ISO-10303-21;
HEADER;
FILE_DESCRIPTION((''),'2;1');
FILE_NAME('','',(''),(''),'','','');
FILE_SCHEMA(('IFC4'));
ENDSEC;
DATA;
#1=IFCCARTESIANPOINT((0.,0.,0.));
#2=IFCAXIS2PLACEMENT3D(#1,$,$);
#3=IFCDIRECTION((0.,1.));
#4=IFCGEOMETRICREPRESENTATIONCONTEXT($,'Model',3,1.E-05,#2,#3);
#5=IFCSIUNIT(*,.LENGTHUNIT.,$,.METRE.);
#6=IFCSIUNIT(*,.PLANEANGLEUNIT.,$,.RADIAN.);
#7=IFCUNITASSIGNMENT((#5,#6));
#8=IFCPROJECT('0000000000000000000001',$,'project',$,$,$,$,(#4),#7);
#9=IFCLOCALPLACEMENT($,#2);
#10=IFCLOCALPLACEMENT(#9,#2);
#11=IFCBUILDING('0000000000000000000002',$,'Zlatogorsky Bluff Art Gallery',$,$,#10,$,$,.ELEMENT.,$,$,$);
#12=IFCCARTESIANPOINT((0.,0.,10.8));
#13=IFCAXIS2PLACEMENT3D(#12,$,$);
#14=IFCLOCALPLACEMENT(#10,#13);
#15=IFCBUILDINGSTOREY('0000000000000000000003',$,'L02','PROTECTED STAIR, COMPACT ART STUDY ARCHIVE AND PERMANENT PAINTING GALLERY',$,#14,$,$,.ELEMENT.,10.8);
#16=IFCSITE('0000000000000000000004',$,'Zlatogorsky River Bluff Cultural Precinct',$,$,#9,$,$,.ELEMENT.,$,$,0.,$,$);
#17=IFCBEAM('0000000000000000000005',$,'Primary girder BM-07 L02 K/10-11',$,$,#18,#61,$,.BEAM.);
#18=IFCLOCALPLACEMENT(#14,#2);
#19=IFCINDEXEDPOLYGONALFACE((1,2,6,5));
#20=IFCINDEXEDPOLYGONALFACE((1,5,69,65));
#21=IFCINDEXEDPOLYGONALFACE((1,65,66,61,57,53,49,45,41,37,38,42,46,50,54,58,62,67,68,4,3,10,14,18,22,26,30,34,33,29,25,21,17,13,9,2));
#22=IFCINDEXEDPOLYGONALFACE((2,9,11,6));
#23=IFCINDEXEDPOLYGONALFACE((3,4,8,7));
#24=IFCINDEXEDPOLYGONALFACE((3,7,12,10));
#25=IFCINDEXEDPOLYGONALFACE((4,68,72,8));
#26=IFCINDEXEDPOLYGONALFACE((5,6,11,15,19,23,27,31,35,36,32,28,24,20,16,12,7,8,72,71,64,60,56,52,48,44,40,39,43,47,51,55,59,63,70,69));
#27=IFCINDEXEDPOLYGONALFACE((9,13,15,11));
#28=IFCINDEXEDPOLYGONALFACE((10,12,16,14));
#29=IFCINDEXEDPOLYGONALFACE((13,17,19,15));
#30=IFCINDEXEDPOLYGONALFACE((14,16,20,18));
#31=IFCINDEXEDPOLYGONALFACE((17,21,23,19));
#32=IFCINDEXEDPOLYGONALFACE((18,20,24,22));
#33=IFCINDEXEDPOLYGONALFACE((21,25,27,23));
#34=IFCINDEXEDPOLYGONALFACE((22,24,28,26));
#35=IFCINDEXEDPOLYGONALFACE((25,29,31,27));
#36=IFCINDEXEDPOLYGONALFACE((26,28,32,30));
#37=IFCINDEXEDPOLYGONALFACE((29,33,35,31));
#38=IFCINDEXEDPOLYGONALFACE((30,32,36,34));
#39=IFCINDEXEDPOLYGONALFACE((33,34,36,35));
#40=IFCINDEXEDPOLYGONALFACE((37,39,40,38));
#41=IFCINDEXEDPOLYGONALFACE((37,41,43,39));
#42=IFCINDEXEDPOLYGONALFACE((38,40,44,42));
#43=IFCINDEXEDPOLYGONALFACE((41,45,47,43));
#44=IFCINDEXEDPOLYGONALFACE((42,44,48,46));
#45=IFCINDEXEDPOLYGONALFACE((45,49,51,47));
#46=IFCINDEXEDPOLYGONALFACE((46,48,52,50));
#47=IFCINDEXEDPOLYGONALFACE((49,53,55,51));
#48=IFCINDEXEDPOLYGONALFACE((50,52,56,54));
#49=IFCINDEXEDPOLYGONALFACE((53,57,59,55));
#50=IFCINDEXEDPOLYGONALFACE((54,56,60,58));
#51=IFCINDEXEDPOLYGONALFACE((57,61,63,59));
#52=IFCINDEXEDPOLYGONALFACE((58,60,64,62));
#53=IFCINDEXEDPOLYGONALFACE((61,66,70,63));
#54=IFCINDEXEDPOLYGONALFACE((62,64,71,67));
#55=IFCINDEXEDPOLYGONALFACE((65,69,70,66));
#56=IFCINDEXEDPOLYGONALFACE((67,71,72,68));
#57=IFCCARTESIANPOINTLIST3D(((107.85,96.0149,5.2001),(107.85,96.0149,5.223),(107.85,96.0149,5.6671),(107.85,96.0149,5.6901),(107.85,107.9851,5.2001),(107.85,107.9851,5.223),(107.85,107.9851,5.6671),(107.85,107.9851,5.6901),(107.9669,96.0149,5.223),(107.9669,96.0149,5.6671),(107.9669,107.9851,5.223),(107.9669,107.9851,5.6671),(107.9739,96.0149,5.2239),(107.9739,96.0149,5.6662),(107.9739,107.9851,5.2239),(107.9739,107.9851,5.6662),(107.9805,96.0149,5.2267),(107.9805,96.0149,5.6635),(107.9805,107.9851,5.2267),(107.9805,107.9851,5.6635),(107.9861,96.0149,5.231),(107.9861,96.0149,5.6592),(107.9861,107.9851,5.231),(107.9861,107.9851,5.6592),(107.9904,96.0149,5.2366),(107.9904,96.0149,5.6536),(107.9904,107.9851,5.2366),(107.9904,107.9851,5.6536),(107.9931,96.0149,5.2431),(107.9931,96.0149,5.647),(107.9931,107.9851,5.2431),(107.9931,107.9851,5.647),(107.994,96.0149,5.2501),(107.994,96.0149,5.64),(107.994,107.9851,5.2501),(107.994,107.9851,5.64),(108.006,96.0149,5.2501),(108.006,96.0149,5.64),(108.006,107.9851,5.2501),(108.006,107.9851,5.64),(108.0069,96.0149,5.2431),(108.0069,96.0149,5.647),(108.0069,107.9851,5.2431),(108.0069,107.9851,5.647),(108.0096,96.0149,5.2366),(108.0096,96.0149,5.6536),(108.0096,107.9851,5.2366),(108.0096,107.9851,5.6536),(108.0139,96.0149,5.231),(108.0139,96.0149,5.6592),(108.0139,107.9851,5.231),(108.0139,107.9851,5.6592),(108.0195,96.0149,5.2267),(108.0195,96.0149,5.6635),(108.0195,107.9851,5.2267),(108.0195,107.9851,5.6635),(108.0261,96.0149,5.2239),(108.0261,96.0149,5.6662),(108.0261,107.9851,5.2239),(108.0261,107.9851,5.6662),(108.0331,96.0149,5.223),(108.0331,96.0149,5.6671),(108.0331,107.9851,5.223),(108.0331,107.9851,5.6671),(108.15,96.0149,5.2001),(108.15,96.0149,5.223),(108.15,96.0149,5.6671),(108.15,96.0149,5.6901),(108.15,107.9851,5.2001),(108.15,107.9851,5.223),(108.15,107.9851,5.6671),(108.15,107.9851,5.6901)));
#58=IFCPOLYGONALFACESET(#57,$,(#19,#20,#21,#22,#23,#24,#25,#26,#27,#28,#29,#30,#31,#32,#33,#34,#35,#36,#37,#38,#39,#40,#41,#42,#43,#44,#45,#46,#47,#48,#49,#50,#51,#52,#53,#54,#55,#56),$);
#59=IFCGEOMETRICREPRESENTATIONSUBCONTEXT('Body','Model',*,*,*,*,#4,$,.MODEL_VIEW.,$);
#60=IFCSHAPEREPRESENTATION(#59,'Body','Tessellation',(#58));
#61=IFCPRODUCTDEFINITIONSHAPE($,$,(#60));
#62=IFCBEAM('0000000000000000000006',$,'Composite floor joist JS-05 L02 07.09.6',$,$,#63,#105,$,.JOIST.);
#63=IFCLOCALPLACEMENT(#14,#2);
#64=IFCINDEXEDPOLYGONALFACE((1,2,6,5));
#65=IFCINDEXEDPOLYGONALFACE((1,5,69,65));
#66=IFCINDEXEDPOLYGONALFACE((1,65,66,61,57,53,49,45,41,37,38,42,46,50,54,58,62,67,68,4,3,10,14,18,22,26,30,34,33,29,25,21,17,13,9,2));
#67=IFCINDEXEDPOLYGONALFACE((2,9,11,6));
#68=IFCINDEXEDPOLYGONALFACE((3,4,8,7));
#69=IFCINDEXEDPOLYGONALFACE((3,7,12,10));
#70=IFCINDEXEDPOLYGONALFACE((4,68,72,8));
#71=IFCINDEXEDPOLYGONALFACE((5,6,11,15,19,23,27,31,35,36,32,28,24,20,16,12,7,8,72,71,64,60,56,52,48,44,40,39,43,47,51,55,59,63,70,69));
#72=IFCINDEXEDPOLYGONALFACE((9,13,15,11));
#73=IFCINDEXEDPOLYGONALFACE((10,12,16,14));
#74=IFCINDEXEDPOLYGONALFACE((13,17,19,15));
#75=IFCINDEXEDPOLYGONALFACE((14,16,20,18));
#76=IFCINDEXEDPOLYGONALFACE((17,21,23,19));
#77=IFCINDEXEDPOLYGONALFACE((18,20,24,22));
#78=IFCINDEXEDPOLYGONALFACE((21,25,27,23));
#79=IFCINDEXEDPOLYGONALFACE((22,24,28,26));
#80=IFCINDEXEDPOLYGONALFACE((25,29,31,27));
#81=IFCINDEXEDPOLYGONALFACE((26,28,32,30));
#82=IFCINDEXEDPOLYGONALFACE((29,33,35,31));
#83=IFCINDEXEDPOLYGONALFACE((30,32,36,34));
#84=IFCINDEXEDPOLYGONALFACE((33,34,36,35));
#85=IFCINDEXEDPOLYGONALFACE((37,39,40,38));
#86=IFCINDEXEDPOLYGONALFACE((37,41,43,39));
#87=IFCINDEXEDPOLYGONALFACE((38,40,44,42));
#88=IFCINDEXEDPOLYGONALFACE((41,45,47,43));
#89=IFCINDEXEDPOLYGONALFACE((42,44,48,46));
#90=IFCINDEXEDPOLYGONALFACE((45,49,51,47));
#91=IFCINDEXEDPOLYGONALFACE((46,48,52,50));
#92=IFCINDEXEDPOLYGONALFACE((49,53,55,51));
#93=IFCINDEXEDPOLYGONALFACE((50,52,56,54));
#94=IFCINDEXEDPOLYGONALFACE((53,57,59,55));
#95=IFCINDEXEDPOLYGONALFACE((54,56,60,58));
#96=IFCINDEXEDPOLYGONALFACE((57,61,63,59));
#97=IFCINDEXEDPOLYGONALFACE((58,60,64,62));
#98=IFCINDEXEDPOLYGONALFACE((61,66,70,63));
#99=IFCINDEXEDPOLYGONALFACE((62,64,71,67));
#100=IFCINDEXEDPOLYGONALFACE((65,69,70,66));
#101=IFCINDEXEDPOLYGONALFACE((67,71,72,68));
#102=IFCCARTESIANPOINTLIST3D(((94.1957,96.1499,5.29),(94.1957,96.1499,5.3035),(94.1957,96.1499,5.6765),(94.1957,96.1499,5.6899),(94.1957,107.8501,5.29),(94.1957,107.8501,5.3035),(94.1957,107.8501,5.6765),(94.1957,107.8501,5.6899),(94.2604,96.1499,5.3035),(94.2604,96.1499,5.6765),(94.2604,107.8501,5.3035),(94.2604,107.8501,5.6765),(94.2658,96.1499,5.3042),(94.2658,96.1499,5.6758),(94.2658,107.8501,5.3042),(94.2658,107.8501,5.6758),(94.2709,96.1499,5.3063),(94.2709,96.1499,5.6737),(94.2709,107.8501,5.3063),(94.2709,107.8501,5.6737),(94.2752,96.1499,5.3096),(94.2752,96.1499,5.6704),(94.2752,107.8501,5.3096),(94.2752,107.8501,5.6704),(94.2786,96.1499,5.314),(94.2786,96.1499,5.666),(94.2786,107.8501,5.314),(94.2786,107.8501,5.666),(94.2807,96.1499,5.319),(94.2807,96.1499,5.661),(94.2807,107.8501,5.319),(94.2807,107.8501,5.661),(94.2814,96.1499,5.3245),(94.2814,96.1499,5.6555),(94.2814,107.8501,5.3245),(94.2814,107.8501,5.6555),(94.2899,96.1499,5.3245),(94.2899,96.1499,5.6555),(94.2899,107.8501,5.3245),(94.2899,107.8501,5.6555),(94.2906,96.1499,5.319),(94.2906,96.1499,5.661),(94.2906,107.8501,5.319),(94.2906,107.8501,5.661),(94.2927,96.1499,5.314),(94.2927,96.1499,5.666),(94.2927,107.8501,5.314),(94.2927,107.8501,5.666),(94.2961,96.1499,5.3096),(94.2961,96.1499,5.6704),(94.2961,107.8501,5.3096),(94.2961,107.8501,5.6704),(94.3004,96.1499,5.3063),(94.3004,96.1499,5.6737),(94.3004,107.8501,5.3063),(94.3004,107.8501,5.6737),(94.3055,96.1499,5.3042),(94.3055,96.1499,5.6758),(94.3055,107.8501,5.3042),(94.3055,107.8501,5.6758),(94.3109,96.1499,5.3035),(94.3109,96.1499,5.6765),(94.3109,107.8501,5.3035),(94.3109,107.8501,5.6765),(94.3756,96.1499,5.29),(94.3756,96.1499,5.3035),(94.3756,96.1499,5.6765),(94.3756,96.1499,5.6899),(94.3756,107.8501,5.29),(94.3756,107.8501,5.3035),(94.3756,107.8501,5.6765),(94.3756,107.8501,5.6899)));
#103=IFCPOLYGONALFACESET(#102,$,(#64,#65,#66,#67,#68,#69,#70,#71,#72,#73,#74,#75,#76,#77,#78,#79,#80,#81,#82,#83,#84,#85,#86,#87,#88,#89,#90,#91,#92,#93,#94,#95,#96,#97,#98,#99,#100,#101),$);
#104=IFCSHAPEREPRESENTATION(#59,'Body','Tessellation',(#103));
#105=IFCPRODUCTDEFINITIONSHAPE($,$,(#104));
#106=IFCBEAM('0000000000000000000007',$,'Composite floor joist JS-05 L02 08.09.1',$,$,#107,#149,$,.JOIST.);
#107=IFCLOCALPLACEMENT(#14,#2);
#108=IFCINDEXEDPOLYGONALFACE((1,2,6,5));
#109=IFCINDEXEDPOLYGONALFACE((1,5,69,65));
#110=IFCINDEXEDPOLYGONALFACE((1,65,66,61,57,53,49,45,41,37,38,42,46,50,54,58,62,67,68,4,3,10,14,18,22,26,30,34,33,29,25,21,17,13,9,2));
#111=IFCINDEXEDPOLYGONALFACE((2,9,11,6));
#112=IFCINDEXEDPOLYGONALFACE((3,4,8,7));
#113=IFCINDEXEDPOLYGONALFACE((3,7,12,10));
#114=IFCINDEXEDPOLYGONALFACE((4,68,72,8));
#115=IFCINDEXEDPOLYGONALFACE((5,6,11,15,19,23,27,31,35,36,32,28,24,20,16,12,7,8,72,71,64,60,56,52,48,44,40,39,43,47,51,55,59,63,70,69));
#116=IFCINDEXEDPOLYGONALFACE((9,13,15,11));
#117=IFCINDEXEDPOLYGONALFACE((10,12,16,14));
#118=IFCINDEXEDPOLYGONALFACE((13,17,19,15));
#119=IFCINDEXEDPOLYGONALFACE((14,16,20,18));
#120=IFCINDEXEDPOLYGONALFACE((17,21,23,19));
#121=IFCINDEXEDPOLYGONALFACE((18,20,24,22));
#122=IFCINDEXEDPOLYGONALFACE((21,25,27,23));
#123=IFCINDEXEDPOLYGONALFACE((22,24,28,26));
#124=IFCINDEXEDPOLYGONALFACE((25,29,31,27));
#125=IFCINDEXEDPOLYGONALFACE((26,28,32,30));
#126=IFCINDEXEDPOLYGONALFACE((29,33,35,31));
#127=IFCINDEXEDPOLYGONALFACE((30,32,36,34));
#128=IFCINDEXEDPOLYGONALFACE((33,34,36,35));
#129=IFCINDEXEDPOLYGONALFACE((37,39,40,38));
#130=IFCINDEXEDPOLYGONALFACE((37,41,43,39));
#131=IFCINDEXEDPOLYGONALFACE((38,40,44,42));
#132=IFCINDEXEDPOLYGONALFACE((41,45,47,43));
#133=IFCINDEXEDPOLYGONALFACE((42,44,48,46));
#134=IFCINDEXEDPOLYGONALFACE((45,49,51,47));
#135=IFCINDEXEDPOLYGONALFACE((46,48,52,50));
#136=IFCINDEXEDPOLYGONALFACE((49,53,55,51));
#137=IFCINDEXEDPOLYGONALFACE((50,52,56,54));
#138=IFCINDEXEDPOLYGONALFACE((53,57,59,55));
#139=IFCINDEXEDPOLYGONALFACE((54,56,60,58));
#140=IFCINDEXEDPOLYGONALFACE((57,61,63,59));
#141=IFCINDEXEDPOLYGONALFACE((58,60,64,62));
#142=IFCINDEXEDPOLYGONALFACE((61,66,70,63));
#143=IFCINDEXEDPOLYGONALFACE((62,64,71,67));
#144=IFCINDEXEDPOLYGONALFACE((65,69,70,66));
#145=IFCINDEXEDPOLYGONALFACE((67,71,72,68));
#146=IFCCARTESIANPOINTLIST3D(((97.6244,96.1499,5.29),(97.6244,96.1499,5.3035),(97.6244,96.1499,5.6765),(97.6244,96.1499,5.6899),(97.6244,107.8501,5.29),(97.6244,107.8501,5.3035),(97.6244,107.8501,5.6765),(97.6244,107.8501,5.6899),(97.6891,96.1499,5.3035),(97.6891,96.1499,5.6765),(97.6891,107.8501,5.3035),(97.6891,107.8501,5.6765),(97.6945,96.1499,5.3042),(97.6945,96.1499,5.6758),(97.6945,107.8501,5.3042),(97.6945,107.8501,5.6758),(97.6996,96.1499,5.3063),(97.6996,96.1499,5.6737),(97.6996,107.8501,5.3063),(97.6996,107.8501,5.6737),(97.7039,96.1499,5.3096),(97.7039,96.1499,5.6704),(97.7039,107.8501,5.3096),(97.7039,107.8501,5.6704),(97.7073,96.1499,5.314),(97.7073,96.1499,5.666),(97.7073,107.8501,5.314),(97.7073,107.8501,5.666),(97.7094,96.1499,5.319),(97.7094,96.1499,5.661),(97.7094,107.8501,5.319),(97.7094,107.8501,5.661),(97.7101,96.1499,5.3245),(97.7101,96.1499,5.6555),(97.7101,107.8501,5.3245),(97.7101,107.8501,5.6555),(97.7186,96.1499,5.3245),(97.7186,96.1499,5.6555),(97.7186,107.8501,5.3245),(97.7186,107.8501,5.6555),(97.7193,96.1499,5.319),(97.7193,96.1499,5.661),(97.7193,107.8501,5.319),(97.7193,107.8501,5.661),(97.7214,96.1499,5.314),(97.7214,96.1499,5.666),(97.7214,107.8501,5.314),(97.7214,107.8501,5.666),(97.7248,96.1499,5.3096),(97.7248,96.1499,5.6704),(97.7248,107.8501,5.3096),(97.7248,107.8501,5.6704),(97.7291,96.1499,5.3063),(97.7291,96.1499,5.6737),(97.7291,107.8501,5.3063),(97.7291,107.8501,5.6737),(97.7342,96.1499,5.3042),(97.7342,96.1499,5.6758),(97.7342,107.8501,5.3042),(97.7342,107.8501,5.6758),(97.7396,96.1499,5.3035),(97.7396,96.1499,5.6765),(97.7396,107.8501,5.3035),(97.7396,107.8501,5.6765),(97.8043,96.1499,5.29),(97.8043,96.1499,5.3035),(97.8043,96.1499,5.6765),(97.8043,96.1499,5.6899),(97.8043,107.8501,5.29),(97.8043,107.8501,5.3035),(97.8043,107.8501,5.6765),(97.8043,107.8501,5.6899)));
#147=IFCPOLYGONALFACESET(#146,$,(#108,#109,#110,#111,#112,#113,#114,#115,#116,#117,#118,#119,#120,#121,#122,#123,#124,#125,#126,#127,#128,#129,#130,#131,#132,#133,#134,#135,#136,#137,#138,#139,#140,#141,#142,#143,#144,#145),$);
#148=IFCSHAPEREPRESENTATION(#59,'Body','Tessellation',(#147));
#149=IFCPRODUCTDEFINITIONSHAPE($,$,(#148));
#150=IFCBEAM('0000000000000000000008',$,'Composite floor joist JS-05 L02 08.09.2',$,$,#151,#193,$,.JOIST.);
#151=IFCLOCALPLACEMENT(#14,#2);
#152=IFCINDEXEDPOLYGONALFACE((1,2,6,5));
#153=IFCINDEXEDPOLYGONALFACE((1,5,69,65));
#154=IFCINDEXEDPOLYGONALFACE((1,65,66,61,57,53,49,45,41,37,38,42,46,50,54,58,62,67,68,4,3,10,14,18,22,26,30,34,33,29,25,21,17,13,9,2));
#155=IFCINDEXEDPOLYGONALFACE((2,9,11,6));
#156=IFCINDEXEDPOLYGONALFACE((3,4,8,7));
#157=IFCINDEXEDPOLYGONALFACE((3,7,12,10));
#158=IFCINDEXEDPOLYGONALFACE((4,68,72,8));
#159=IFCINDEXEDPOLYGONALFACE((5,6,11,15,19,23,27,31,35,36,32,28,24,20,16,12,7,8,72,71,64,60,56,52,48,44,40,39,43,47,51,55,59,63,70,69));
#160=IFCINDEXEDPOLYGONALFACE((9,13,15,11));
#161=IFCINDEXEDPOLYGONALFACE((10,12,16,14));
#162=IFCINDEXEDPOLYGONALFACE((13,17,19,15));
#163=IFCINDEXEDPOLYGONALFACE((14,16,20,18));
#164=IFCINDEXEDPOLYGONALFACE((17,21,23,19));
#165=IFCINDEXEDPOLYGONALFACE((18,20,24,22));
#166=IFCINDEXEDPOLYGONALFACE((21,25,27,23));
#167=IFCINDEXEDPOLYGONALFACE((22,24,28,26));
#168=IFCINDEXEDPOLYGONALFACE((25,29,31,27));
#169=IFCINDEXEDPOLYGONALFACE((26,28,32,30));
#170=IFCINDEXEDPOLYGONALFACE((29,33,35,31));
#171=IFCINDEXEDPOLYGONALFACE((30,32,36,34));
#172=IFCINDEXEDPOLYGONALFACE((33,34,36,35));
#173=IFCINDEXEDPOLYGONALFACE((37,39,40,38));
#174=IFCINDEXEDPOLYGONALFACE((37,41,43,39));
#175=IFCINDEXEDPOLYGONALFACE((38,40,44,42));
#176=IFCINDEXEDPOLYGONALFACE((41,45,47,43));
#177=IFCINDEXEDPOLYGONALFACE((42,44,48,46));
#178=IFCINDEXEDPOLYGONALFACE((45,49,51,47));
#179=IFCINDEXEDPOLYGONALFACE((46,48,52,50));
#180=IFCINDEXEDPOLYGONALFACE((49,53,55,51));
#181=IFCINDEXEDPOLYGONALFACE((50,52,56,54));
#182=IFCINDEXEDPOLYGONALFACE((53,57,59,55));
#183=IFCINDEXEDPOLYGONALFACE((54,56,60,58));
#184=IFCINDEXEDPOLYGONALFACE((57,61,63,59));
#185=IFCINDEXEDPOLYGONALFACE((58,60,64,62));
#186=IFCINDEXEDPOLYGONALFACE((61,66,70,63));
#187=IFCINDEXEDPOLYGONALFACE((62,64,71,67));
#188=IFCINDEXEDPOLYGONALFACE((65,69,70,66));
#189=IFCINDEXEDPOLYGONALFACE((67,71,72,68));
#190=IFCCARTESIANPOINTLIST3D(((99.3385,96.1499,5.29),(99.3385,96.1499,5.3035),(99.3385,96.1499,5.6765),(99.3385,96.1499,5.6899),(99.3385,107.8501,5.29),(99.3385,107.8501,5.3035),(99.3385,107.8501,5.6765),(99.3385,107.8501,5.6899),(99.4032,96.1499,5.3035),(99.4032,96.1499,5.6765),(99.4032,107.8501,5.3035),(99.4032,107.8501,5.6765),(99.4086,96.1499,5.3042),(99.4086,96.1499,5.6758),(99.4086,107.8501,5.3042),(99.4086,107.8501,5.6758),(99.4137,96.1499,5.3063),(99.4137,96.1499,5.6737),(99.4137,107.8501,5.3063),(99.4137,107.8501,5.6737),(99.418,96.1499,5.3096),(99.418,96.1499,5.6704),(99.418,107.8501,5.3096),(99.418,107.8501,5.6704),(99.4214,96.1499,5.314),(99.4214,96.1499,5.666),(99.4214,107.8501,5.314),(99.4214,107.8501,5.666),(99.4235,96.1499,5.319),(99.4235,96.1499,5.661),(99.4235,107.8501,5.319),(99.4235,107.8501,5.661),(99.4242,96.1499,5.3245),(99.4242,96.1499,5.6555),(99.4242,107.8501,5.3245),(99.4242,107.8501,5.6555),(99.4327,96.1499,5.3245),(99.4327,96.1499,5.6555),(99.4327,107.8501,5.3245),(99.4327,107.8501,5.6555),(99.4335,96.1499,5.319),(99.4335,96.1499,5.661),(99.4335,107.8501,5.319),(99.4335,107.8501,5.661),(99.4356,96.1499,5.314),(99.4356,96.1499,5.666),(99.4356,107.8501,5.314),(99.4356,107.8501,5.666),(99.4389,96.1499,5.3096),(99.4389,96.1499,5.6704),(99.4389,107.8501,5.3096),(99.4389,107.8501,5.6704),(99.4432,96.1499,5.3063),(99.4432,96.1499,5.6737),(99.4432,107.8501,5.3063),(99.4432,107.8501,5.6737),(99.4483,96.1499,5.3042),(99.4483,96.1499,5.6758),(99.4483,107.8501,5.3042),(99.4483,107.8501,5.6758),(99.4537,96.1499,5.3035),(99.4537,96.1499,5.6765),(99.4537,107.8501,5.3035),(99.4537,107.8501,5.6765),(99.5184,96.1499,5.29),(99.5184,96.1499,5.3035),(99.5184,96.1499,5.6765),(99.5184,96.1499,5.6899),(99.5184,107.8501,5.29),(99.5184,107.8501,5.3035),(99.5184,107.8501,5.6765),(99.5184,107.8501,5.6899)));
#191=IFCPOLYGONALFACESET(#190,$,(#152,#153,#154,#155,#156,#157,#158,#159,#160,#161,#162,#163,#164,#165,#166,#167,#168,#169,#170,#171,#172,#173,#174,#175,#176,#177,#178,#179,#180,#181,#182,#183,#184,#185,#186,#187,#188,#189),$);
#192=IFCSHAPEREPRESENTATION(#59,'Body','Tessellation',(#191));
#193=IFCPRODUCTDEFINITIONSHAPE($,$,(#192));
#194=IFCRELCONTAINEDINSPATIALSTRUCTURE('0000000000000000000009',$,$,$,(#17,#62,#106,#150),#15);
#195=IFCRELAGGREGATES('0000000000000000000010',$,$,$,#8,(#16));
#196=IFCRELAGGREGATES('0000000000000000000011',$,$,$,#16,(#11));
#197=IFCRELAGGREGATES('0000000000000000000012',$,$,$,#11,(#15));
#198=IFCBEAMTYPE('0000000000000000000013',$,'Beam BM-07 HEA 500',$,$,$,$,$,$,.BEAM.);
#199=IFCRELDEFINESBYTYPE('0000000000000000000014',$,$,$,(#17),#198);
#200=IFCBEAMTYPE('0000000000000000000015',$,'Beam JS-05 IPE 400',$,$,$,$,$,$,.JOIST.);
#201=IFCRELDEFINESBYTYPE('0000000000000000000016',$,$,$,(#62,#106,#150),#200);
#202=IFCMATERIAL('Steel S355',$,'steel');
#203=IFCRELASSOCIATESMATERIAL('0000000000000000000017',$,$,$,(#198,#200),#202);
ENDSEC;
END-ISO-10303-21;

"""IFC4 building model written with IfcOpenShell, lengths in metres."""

from ifc_helpers import new_model, si_unit, direction, frame, origin, origin_2d, place, context, subcontext, project, spatial, i_section, extrude, material, material_profile, profile_set, type_object, element, save


model = new_model("IFC4")

# Units and contexts
model_context = context("Model", 3, precision=1e-05, world=origin(), true_north=direction((0.0, 1.0)))
body_context = subcontext(model_context, "Body", "Model", "MODEL_VIEW")
ifc_project = project(units=[si_unit("LENGTHUNIT", "METRE"), si_unit("PLANEANGLEUNIT", "RADIAN")], contexts=[model_context])

# Site, building, storey
site_placement = place(None, origin())
site = spatial("IfcSite", under=ifc_project, at=site_placement, Name="Zlatogorsky River Bluff Cultural Precinct", CompositionType="ELEMENT", RefElevation=0.0)
building_placement = place(site_placement, origin())
building = spatial("IfcBuilding", under=site, at=building_placement, Name="Zlatogorsky Bluff Art Gallery", CompositionType="ELEMENT")
storey_placement = place(building_placement, frame((0.0, 0.0, 10.8)))
storey = spatial("IfcBuildingStorey", under=building, at=storey_placement, Name="L02", Description="PROTECTED STAIR, COMPACT ART STUDY ARCHIVE AND PERMANENT PAINTING GALLERY", CompositionType="ELEMENT", Elevation=10.8)

# Shared definitions
ifc_material_1 = material(Name="Steel S355", Category="steel")

# Beams
ifc_material_profile_1 = material_profile(ifc_material_1, i_section(OverallWidth=0.3, OverallDepth=0.49, WebThickness=0.012, FlangeThickness=0.0229, FilletRadius=0.0271, at=origin_2d()), Name="HEA 500")
ifc_profile_set_1 = profile_set([ifc_material_profile_1], Name="Steel S355")
beam_type_1 = type_object("IfcBeamType", Name="Beam BM-07 HEA 500", PredefinedType="BEAM", material=ifc_profile_set_1)
for number, where, z_axis, x_axis, name in (
    (1, (108.0, 96.0149, 5.4451), (0.0, 1.0, 0.0), (-1.0, 0.0, 0.0), "Primary girder BM-07 L02 K/10-11"),
):
    element("IfcBeam", number, at=place(storey_placement, frame(where, z_axis=z_axis, x_axis=x_axis)), inside=storey, type_object=beam_type_1, Name=name, PredefinedType="BEAM", context=body_context, shape_type="SweptSolid", body=[
        extrude(i_section(OverallWidth=0.3, OverallDepth=0.49, WebThickness=0.012, FlangeThickness=0.0229, FilletRadius=0.0271, at=origin_2d()), origin(), (0.0, 0.0, 1.0), 11.9702),
    ])
ifc_material_profile_2 = material_profile(ifc_material_1, i_section(OverallWidth=0.1799, OverallDepth=0.3999, WebThickness=0.0085, FlangeThickness=0.0134, FilletRadius=0.021, at=origin_2d()), Name="IPE 400")
ifc_profile_set_2 = profile_set([ifc_material_profile_2], Name="Steel S355")
beam_type_2 = type_object("IfcBeamType", Name="Beam JS-05 IPE 400", PredefinedType="JOIST", material=ifc_profile_set_2)
for number, where, z_axis, x_axis, name in (
    (2, (94.2856, 96.1499, 5.49), (0.0, 1.0, 0.0), (-1.0, 0.0, 0.0), "Composite floor joist JS-05 L02 07.09.6"),
    (3, (97.7144, 96.1499, 5.49), (0.0, 1.0, 0.0), (-1.0, 0.0, 0.0), "Composite floor joist JS-05 L02 08.09.1"),
    (4, (99.4285, 96.1499, 5.49), (0.0, 1.0, 0.0), (-1.0, 0.0, 0.0), "Composite floor joist JS-05 L02 08.09.2"),
):
    element("IfcBeam", number, at=place(storey_placement, frame(where, z_axis=z_axis, x_axis=x_axis)), inside=storey, type_object=beam_type_2, Name=name, PredefinedType="JOIST", context=body_context, shape_type="SweptSolid", body=[
        extrude(i_section(OverallWidth=0.1799, OverallDepth=0.3999, WebThickness=0.0085, FlangeThickness=0.0134, FilletRadius=0.021, at=origin_2d()), origin(), (0.0, 0.0, 1.0), 11.7002),
    ])

save(model, "model.ifc")
